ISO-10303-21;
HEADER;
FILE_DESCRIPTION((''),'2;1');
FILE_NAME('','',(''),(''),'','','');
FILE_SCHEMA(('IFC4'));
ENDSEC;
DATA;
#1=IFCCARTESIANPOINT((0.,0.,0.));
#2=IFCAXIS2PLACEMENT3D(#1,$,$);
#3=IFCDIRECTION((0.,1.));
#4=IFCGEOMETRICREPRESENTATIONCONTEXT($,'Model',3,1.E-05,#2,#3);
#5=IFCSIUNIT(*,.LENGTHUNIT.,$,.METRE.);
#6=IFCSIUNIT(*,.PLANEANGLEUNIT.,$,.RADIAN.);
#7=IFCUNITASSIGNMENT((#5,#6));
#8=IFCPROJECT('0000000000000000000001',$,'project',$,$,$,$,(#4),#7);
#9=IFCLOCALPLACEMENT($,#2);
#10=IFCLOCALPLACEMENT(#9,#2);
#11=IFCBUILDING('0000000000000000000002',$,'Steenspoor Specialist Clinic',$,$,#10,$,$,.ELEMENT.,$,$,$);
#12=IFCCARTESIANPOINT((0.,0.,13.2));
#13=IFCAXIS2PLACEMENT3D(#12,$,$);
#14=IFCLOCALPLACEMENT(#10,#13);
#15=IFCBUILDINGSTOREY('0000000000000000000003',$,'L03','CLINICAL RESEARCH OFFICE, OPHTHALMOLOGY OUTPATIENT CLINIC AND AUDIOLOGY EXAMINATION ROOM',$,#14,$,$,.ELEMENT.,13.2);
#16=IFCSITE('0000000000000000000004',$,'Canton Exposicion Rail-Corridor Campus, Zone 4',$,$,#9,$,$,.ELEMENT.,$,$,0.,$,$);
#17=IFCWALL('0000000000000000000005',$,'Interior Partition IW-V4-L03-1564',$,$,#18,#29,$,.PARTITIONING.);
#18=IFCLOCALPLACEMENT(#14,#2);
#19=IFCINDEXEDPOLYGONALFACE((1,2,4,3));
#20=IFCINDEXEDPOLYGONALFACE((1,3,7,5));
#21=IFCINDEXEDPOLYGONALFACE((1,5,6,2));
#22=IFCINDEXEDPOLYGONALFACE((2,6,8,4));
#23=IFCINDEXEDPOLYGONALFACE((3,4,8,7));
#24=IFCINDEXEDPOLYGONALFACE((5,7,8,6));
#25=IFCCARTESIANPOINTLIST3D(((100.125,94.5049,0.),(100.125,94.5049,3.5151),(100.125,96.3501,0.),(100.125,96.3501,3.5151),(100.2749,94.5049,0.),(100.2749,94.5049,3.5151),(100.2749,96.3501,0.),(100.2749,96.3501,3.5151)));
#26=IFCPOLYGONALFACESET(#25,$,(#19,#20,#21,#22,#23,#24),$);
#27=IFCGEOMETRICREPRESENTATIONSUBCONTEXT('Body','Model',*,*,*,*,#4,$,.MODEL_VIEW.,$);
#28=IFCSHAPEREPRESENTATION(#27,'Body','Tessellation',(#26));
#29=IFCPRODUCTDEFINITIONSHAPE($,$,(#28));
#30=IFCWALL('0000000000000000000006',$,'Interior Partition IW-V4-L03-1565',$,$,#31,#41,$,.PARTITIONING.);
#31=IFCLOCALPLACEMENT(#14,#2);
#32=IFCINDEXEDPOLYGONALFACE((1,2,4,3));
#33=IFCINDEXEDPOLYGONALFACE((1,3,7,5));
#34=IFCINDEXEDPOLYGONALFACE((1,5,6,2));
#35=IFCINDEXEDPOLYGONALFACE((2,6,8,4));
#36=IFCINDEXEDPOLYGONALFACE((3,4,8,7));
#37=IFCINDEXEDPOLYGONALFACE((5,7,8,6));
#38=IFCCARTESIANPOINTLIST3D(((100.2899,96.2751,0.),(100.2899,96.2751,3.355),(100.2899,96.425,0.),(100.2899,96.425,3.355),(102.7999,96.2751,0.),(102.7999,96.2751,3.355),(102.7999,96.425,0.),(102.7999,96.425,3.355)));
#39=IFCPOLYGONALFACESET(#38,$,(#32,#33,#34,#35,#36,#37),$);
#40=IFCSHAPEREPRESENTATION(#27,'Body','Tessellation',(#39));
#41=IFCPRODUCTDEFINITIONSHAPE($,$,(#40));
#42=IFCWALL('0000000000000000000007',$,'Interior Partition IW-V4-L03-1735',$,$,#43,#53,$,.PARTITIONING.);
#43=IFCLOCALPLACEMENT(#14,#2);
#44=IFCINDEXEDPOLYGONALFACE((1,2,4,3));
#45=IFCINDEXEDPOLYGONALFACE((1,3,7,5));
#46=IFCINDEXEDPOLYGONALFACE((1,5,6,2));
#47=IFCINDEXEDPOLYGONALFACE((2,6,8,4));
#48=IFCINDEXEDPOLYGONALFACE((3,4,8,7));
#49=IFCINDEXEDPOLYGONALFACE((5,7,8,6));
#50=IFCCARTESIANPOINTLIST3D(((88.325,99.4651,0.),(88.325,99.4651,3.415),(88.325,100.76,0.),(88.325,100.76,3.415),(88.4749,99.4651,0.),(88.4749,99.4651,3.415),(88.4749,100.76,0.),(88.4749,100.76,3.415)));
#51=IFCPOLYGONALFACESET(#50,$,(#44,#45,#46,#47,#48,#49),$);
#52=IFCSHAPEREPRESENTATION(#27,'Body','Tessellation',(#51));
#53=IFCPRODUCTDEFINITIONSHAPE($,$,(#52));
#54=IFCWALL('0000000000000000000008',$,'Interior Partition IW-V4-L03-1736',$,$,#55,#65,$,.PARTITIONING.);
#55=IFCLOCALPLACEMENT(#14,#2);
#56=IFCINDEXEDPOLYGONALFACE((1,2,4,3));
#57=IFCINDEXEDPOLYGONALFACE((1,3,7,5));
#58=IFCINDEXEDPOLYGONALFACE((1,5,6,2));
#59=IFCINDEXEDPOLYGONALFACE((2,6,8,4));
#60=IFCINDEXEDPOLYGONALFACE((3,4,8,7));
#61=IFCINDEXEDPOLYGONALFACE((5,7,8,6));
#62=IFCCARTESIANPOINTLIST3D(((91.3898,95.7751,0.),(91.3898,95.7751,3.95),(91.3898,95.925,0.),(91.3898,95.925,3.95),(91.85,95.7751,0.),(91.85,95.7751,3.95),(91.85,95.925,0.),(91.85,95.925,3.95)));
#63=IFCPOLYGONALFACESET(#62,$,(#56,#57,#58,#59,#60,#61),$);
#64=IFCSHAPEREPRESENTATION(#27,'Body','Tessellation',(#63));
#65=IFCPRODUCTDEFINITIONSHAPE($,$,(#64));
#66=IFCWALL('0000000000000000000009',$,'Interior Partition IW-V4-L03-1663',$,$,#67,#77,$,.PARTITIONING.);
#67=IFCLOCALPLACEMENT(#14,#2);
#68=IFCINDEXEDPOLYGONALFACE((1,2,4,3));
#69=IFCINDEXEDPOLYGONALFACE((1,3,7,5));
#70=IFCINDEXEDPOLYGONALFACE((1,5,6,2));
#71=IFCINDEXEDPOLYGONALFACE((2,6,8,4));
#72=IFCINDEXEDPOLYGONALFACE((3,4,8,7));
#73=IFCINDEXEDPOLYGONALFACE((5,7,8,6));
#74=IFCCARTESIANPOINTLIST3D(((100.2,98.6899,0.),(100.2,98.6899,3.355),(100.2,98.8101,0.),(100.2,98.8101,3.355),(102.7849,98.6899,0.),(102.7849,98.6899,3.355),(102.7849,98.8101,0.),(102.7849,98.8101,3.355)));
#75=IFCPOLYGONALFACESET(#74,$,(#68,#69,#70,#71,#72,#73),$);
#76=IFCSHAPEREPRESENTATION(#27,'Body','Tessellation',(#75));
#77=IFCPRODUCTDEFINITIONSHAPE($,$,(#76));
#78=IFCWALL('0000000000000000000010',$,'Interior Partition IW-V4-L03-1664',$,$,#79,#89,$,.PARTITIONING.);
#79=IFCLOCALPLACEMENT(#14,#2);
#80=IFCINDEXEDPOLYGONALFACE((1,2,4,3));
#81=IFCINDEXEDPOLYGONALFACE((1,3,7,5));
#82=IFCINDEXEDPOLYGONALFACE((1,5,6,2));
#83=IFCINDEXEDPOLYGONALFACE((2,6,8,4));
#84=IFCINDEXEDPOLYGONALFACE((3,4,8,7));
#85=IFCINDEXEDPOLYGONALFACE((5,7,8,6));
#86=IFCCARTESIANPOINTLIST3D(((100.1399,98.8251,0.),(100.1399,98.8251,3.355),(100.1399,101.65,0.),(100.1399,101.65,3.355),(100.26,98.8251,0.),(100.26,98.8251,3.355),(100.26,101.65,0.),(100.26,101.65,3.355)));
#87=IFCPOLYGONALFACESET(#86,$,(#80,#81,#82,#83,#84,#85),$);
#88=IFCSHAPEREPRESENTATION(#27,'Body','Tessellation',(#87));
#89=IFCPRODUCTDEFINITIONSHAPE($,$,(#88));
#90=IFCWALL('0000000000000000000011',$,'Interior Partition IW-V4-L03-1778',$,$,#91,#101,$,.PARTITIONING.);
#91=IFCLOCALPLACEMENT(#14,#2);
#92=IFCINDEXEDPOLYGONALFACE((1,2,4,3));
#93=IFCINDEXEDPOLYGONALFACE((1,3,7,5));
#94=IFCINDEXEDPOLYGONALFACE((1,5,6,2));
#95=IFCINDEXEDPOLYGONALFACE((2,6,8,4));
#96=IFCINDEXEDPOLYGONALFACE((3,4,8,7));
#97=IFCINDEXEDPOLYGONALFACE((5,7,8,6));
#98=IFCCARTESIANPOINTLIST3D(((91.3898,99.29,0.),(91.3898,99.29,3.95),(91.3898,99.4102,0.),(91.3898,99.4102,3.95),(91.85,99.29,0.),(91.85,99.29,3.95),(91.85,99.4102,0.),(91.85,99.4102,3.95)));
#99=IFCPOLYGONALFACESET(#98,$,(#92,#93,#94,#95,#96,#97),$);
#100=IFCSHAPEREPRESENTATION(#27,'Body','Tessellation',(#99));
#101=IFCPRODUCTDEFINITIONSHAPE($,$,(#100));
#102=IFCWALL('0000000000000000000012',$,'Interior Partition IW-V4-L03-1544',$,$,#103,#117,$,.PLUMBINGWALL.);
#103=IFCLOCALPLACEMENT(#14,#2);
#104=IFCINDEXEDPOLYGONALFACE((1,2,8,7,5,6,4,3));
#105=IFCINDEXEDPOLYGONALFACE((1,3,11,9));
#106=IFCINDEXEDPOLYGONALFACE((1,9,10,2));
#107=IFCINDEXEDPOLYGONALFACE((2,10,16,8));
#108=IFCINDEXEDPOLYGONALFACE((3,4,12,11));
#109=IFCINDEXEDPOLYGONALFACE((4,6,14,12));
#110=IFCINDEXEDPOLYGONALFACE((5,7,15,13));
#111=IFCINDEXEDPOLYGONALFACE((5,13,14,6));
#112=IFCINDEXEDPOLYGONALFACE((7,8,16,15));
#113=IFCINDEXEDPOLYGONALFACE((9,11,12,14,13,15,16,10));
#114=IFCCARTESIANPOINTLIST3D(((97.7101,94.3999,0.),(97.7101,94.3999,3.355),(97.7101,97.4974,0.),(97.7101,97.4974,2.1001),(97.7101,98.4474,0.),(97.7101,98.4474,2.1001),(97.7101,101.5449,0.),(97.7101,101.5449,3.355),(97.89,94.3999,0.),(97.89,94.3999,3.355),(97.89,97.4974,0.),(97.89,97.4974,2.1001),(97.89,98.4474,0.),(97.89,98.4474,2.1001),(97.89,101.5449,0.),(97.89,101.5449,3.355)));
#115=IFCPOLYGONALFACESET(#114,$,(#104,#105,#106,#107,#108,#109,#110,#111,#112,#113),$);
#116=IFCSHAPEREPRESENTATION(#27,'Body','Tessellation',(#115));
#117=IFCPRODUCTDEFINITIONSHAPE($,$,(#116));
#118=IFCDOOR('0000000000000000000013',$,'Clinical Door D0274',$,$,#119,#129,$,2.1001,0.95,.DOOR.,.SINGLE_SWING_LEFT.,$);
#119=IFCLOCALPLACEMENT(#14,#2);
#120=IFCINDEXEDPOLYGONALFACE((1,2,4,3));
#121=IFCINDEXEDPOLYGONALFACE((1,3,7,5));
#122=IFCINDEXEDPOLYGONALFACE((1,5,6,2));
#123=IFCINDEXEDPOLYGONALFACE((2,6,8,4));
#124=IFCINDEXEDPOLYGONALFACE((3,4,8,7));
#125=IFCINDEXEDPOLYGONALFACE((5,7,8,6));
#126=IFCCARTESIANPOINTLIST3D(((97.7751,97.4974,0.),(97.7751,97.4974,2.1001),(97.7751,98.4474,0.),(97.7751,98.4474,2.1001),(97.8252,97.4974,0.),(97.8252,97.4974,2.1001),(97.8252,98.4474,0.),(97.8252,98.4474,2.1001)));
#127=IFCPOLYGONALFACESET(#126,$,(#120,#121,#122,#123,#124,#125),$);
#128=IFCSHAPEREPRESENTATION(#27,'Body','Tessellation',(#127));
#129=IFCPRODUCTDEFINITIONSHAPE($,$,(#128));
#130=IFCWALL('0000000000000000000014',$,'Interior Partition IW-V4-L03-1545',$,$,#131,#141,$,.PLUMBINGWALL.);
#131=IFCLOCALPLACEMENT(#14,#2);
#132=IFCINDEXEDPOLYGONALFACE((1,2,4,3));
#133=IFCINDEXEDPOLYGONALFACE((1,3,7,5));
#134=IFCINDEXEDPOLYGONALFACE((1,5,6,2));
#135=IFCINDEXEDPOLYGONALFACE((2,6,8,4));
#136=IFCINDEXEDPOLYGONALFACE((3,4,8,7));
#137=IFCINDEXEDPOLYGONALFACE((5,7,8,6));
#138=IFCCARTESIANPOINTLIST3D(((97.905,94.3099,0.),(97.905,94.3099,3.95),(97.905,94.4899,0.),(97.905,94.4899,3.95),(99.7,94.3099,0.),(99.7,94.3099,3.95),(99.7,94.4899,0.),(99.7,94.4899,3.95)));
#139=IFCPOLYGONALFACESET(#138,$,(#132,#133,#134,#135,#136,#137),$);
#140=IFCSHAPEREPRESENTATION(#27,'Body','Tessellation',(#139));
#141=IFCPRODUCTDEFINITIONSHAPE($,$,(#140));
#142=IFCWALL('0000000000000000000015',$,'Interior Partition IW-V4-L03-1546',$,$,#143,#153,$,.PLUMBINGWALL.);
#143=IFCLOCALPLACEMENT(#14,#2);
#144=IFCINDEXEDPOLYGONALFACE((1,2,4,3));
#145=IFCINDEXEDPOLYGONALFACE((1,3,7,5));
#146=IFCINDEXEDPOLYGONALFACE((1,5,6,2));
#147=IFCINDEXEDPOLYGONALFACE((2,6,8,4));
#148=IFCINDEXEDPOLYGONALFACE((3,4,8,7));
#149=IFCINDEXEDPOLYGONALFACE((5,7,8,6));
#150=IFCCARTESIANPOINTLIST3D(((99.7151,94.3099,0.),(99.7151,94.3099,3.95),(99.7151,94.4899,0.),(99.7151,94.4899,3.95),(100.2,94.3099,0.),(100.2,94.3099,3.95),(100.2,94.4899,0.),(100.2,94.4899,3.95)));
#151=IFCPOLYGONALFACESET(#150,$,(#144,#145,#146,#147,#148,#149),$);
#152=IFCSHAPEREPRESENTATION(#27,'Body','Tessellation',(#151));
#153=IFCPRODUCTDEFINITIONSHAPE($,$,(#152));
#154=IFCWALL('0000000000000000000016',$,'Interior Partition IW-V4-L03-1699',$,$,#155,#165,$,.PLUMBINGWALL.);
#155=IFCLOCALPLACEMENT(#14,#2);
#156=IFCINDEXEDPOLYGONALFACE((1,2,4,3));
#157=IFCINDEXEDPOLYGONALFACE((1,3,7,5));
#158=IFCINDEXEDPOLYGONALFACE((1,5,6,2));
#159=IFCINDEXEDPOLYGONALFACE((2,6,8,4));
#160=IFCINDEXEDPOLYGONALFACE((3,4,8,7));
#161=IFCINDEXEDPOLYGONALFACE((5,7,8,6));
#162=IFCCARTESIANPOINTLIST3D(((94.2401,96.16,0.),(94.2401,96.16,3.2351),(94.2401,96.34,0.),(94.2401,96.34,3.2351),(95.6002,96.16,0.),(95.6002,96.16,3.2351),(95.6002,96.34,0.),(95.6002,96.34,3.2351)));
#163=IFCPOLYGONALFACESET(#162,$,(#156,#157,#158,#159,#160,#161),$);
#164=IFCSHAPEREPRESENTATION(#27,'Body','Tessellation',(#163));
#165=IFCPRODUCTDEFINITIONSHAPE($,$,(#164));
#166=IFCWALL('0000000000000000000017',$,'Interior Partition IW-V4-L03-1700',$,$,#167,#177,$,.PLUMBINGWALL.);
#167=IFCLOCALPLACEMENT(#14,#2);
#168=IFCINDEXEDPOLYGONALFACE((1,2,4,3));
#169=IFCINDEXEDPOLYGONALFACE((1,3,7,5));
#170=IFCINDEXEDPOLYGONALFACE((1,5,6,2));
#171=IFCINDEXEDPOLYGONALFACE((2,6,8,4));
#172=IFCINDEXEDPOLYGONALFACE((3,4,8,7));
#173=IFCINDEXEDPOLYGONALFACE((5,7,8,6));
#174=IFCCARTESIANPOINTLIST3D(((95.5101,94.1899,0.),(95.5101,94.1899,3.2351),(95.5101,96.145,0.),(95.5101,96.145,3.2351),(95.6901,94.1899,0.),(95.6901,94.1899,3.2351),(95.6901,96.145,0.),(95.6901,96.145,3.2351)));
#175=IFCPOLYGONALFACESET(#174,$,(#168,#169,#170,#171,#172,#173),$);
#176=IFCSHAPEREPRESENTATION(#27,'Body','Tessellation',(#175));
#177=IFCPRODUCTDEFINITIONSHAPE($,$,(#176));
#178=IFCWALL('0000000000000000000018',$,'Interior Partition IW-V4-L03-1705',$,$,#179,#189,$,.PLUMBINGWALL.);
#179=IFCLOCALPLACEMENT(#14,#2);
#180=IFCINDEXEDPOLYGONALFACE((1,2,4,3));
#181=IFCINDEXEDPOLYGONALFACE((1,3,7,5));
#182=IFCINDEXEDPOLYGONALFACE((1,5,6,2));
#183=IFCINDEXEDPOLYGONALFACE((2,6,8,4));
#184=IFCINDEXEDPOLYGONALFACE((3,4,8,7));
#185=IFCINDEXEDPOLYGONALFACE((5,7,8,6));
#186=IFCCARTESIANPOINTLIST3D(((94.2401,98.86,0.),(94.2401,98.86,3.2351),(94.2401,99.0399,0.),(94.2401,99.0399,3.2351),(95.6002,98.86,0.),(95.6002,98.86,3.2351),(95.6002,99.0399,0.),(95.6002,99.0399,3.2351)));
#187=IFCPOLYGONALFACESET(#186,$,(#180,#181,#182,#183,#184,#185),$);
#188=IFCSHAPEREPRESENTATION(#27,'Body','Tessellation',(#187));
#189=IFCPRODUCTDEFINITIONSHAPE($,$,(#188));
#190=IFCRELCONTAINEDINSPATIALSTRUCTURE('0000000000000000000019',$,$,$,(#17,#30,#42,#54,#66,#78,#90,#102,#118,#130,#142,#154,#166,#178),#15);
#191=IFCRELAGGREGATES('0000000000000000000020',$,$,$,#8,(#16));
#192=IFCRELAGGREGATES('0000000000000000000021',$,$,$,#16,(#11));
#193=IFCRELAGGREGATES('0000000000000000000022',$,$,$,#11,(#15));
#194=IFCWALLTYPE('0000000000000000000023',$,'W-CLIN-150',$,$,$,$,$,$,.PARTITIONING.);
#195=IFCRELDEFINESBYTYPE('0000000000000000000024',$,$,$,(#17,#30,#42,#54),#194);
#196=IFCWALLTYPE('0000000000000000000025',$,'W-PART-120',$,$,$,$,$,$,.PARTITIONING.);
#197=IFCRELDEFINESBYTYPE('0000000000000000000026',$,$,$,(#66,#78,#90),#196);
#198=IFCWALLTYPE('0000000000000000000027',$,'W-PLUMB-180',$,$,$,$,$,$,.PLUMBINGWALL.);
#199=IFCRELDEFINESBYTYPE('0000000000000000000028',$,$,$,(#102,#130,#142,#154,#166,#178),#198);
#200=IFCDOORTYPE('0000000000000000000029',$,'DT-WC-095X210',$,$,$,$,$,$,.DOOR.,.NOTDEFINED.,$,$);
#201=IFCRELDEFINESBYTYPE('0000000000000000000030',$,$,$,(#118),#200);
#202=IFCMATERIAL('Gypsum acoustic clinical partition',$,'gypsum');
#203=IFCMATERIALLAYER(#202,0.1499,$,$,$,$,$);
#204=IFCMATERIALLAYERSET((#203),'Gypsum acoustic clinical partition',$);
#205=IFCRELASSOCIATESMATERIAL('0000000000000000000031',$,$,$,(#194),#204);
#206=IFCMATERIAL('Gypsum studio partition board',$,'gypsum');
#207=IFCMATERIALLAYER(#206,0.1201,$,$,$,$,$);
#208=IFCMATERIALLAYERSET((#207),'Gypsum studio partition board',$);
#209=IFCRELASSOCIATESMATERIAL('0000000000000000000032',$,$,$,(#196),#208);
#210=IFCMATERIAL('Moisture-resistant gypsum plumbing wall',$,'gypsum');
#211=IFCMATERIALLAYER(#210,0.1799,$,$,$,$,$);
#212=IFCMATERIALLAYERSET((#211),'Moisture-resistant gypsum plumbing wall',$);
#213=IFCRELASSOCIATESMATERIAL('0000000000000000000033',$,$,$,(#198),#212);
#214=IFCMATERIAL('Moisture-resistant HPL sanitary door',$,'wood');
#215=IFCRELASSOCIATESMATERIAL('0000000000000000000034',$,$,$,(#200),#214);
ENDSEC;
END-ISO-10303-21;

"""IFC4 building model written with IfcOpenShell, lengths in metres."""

from ifc_helpers import new_model, si_unit, direction, frame, frame_2d, origin, place, context, subcontext, project, spatial, rectangle, extrude, material, layer, layer_set, type_object, element, fill, save


model = new_model("IFC4")

# Units and contexts
model_context = context("Model", 3, precision=1e-05, world=origin(), true_north=direction((0.0, 1.0)))
body_context = subcontext(model_context, "Body", "Model", "MODEL_VIEW")
ifc_project = project(units=[si_unit("LENGTHUNIT", "METRE"), si_unit("PLANEANGLEUNIT", "RADIAN")], contexts=[model_context])

# Site, building, storey
site_placement = place(None, origin())
site = spatial("IfcSite", under=ifc_project, at=site_placement, Name="Canton Exposicion Rail-Corridor Campus, Zone 4", CompositionType="ELEMENT", RefElevation=0.0)
building_placement = place(site_placement, origin())
building = spatial("IfcBuilding", under=site, at=building_placement, Name="Steenspoor Specialist Clinic", CompositionType="ELEMENT")
storey_placement = place(building_placement, frame((0.0, 0.0, 13.2)))
storey = spatial("IfcBuildingStorey", under=building, at=storey_placement, Name="L03", Description="CLINICAL RESEARCH OFFICE, OPHTHALMOLOGY OUTPATIENT CLINIC AND AUDIOLOGY EXAMINATION ROOM", CompositionType="ELEMENT", Elevation=13.2)

# Walls
ifc_material_1 = material(Name="Gypsum acoustic clinical partition", Category="gypsum")
ifc_layer_1 = layer(ifc_material_1, 0.1499)
ifc_layer_set_1 = layer_set([ifc_layer_1], Name="Gypsum acoustic clinical partition")
wall_type_1 = type_object("IfcWallType", Name="W-CLIN-150", PredefinedType="PARTITIONING", material=ifc_layer_set_1)
wall_1_placement = place(storey_placement, frame((100.2, 94.5049, 0.0), z_axis=(0.0, 0.0, 1.0), x_axis=(0.0, 1.0, 0.0)))
element("IfcWall", 1, at=wall_1_placement, inside=storey, type_object=wall_type_1, Name="Interior Partition IW-V4-L03-1564", PredefinedType="PARTITIONING", context=body_context, shape_type="SweptSolid", body=[
    extrude(rectangle(XDim=1.8452, YDim=0.1499, at=frame_2d((0.9226, 0.0))), origin(), (0.0, 0.0, 1.0), 3.5151),
])
wall_2_placement = place(storey_placement, frame((100.29, 96.3501, 0.0), z_axis=(0.0, 0.0, 1.0), x_axis=(1.0, 0.0, 0.0)))
element("IfcWall", 2, at=wall_2_placement, inside=storey, type_object=wall_type_1, Name="Interior Partition IW-V4-L03-1565", PredefinedType="PARTITIONING", context=body_context, shape_type="SweptSolid", body=[
    extrude(rectangle(XDim=2.51, YDim=0.1499, at=frame_2d((1.2549, 0.0))), origin(), (0.0, 0.0, 1.0), 3.355),
])
wall_3_placement = place(storey_placement, frame((88.3999, 99.4651, 0.0), z_axis=(0.0, 0.0, 1.0), x_axis=(0.0, 1.0, 0.0)))
element("IfcWall", 3, at=wall_3_placement, inside=storey, type_object=wall_type_1, Name="Interior Partition IW-V4-L03-1735", PredefinedType="PARTITIONING", context=body_context, shape_type="SweptSolid", body=[
    extrude(rectangle(XDim=1.2949, YDim=0.1499, at=frame_2d((0.6475, 0.0))), origin(), (0.0, 0.0, 1.0), 3.415),
])
wall_4_placement = place(storey_placement, frame((91.3899, 95.8501, 0.0), z_axis=(0.0, 0.0, 1.0), x_axis=(1.0, 0.0, 0.0)))
element("IfcWall", 4, at=wall_4_placement, inside=storey, type_object=wall_type_1, Name="Interior Partition IW-V4-L03-1736", PredefinedType="PARTITIONING", context=body_context, shape_type="SweptSolid", body=[
    extrude(rectangle(XDim=0.4602, YDim=0.1499, at=frame_2d((0.23, 0.0))), origin(), (0.0, 0.0, 1.0), 3.95),
])
ifc_material_2 = material(Name="Gypsum studio partition board", Category="gypsum")
ifc_layer_2 = layer(ifc_material_2, 0.1201)
ifc_layer_set_2 = layer_set([ifc_layer_2], Name="Gypsum studio partition board")
wall_type_2 = type_object("IfcWallType", Name="W-PART-120", PredefinedType="PARTITIONING", material=ifc_layer_set_2)
wall_5_placement = place(storey_placement, frame((100.2, 98.75, 0.0), z_axis=(0.0, 0.0, 1.0), x_axis=(1.0, 0.0, 0.0)))
element("IfcWall", 5, at=wall_5_placement, inside=storey, type_object=wall_type_2, Name="Interior Partition IW-V4-L03-1663", PredefinedType="PARTITIONING", context=body_context, shape_type="SweptSolid", body=[
    extrude(rectangle(XDim=2.585, YDim=0.1201, at=frame_2d((1.2925, 0.0))), origin(), (0.0, 0.0, 1.0), 3.355),
])
wall_6_placement = place(storey_placement, frame((100.2, 98.825, 0.0), z_axis=(0.0, 0.0, 1.0), x_axis=(0.0, 1.0, 0.0)))
element("IfcWall", 6, at=wall_6_placement, inside=storey, type_object=wall_type_2, Name="Interior Partition IW-V4-L03-1664", PredefinedType="PARTITIONING", context=body_context, shape_type="SweptSolid", body=[
    extrude(rectangle(XDim=2.825, YDim=0.1201, at=frame_2d((1.4126, 0.0))), origin(), (0.0, 0.0, 1.0), 3.355),
])
wall_7_placement = place(storey_placement, frame((91.3899, 99.3501, 0.0), z_axis=(0.0, 0.0, 1.0), x_axis=(1.0, 0.0, 0.0)))
element("IfcWall", 7, at=wall_7_placement, inside=storey, type_object=wall_type_2, Name="Interior Partition IW-V4-L03-1778", PredefinedType="PARTITIONING", context=body_context, shape_type="SweptSolid", body=[
    extrude(rectangle(XDim=0.4602, YDim=0.1201, at=frame_2d((0.23, 0.0))), origin(), (0.0, 0.0, 1.0), 3.95),
])

# Wall, opening, door
ifc_material_3 = material(Name="Moisture-resistant gypsum plumbing wall", Category="gypsum")
ifc_layer_3 = layer(ifc_material_3, 0.1799)
ifc_layer_set_3 = layer_set([ifc_layer_3], Name="Moisture-resistant gypsum plumbing wall")
wall_type_3 = type_object("IfcWallType", Name="W-PLUMB-180", PredefinedType="PLUMBINGWALL", material=ifc_layer_set_3)
wall_8_placement = place(storey_placement, frame((97.8, 94.3999, 0.0), z_axis=(0.0, 0.0, 1.0), x_axis=(0.0, 1.0, 0.0)))
wall_8 = element("IfcWall", 8, at=wall_8_placement, inside=storey, type_object=wall_type_3, Name="Interior Partition IW-V4-L03-1544", PredefinedType="PLUMBINGWALL", context=body_context, shape_type="SweptSolid", body=[
    extrude(rectangle(XDim=7.145, YDim=0.1799, at=frame_2d((3.5725, 0.0))), origin(), (0.0, 0.0, 1.0), 3.355),
])
opening_1_placement = place(wall_8_placement, frame((3.0974, 0.0, 0.0)))
opening_1 = element("IfcOpeningElement", 9, at=opening_1_placement, cuts=wall_8, PredefinedType="OPENING", context=body_context, shape_type="SweptSolid", body=[
    extrude(rectangle(XDim=0.95, YDim=2.1001, at=frame_2d((0.4751, 1.05))), frame((0.0, 0.1001, 0.0), z_axis=(0.0, -1.0, 0.0), x_axis=(1.0, 0.0, 0.0)), (0.0, 0.0, 1.0), 0.2),
])
ifc_material_4 = material(Name="Moisture-resistant HPL sanitary door", Category="wood")
door_type_1 = type_object("IfcDoorType", Name="DT-WC-095X210", OperationType="NOTDEFINED", PredefinedType="DOOR", material=ifc_material_4)
door_1_placement = place(opening_1_placement, origin())
door_1 = element("IfcDoor", 10, at=door_1_placement, inside=storey, type_object=door_type_1, Name="Clinical Door D0274", OperationType="SINGLE_SWING_LEFT", OverallHeight=2.1001, OverallWidth=0.95, PredefinedType="DOOR", context=body_context, shape_type="SweptSolid", body=[
    extrude(rectangle(XDim=0.95, YDim=2.1001, at=frame_2d((0.4751, 1.05))), frame((0.0, 0.0249, 0.0), z_axis=(0.0, -1.0, 0.0), x_axis=(1.0, 0.0, 0.0)), (0.0, 0.0, 1.0), 0.05),
])
fill(opening_1, door_1)

# Walls
wall_9_placement = place(storey_placement, frame((97.905, 94.3999, 0.0), z_axis=(0.0, 0.0, 1.0), x_axis=(1.0, 0.0, 0.0)))
element("IfcWall", 11, at=wall_9_placement, inside=storey, type_object=wall_type_3, Name="Interior Partition IW-V4-L03-1545", PredefinedType="PLUMBINGWALL", context=body_context, shape_type="SweptSolid", body=[
    extrude(rectangle(XDim=1.7949, YDim=0.1799, at=frame_2d((0.8975, 0.0))), origin(), (0.0, 0.0, 1.0), 3.95),
])
wall_10_placement = place(storey_placement, frame((99.7151, 94.3999, 0.0), z_axis=(0.0, 0.0, 1.0), x_axis=(1.0, 0.0, 0.0)))
element("IfcWall", 12, at=wall_10_placement, inside=storey, type_object=wall_type_3, Name="Interior Partition IW-V4-L03-1546", PredefinedType="PLUMBINGWALL", context=body_context, shape_type="SweptSolid", body=[
    extrude(rectangle(XDim=0.4849, YDim=0.1799, at=frame_2d((0.2424, 0.0))), origin(), (0.0, 0.0, 1.0), 3.95),
])
wall_11_placement = place(storey_placement, frame((94.24, 96.25, 0.0), z_axis=(0.0, 0.0, 1.0), x_axis=(1.0, 0.0, 0.0)))
element("IfcWall", 13, at=wall_11_placement, inside=storey, type_object=wall_type_3, Name="Interior Partition IW-V4-L03-1699", PredefinedType="PLUMBINGWALL", context=body_context, shape_type="SweptSolid", body=[
    extrude(rectangle(XDim=1.3601, YDim=0.1799, at=frame_2d((0.6802, 0.0))), origin(), (0.0, 0.0, 1.0), 3.2351),
])
wall_12_placement = place(storey_placement, frame((95.6001, 94.1899, 0.0), z_axis=(0.0, 0.0, 1.0), x_axis=(0.0, 1.0, 0.0)))
element("IfcWall", 14, at=wall_12_placement, inside=storey, type_object=wall_type_3, Name="Interior Partition IW-V4-L03-1700", PredefinedType="PLUMBINGWALL", context=body_context, shape_type="SweptSolid", body=[
    extrude(rectangle(XDim=1.9551, YDim=0.1799, at=frame_2d((0.9775, 0.0))), origin(), (0.0, 0.0, 1.0), 3.2351),
])
wall_13_placement = place(storey_placement, frame((94.24, 98.95, 0.0), z_axis=(0.0, 0.0, 1.0), x_axis=(1.0, 0.0, 0.0)))
element("IfcWall", 15, at=wall_13_placement, inside=storey, type_object=wall_type_3, Name="Interior Partition IW-V4-L03-1705", PredefinedType="PLUMBINGWALL", context=body_context, shape_type="SweptSolid", body=[
    extrude(rectangle(XDim=1.3601, YDim=0.1799, at=frame_2d((0.6802, 0.0))), origin(), (0.0, 0.0, 1.0), 3.2351),
])

save(model, "model.ifc")
